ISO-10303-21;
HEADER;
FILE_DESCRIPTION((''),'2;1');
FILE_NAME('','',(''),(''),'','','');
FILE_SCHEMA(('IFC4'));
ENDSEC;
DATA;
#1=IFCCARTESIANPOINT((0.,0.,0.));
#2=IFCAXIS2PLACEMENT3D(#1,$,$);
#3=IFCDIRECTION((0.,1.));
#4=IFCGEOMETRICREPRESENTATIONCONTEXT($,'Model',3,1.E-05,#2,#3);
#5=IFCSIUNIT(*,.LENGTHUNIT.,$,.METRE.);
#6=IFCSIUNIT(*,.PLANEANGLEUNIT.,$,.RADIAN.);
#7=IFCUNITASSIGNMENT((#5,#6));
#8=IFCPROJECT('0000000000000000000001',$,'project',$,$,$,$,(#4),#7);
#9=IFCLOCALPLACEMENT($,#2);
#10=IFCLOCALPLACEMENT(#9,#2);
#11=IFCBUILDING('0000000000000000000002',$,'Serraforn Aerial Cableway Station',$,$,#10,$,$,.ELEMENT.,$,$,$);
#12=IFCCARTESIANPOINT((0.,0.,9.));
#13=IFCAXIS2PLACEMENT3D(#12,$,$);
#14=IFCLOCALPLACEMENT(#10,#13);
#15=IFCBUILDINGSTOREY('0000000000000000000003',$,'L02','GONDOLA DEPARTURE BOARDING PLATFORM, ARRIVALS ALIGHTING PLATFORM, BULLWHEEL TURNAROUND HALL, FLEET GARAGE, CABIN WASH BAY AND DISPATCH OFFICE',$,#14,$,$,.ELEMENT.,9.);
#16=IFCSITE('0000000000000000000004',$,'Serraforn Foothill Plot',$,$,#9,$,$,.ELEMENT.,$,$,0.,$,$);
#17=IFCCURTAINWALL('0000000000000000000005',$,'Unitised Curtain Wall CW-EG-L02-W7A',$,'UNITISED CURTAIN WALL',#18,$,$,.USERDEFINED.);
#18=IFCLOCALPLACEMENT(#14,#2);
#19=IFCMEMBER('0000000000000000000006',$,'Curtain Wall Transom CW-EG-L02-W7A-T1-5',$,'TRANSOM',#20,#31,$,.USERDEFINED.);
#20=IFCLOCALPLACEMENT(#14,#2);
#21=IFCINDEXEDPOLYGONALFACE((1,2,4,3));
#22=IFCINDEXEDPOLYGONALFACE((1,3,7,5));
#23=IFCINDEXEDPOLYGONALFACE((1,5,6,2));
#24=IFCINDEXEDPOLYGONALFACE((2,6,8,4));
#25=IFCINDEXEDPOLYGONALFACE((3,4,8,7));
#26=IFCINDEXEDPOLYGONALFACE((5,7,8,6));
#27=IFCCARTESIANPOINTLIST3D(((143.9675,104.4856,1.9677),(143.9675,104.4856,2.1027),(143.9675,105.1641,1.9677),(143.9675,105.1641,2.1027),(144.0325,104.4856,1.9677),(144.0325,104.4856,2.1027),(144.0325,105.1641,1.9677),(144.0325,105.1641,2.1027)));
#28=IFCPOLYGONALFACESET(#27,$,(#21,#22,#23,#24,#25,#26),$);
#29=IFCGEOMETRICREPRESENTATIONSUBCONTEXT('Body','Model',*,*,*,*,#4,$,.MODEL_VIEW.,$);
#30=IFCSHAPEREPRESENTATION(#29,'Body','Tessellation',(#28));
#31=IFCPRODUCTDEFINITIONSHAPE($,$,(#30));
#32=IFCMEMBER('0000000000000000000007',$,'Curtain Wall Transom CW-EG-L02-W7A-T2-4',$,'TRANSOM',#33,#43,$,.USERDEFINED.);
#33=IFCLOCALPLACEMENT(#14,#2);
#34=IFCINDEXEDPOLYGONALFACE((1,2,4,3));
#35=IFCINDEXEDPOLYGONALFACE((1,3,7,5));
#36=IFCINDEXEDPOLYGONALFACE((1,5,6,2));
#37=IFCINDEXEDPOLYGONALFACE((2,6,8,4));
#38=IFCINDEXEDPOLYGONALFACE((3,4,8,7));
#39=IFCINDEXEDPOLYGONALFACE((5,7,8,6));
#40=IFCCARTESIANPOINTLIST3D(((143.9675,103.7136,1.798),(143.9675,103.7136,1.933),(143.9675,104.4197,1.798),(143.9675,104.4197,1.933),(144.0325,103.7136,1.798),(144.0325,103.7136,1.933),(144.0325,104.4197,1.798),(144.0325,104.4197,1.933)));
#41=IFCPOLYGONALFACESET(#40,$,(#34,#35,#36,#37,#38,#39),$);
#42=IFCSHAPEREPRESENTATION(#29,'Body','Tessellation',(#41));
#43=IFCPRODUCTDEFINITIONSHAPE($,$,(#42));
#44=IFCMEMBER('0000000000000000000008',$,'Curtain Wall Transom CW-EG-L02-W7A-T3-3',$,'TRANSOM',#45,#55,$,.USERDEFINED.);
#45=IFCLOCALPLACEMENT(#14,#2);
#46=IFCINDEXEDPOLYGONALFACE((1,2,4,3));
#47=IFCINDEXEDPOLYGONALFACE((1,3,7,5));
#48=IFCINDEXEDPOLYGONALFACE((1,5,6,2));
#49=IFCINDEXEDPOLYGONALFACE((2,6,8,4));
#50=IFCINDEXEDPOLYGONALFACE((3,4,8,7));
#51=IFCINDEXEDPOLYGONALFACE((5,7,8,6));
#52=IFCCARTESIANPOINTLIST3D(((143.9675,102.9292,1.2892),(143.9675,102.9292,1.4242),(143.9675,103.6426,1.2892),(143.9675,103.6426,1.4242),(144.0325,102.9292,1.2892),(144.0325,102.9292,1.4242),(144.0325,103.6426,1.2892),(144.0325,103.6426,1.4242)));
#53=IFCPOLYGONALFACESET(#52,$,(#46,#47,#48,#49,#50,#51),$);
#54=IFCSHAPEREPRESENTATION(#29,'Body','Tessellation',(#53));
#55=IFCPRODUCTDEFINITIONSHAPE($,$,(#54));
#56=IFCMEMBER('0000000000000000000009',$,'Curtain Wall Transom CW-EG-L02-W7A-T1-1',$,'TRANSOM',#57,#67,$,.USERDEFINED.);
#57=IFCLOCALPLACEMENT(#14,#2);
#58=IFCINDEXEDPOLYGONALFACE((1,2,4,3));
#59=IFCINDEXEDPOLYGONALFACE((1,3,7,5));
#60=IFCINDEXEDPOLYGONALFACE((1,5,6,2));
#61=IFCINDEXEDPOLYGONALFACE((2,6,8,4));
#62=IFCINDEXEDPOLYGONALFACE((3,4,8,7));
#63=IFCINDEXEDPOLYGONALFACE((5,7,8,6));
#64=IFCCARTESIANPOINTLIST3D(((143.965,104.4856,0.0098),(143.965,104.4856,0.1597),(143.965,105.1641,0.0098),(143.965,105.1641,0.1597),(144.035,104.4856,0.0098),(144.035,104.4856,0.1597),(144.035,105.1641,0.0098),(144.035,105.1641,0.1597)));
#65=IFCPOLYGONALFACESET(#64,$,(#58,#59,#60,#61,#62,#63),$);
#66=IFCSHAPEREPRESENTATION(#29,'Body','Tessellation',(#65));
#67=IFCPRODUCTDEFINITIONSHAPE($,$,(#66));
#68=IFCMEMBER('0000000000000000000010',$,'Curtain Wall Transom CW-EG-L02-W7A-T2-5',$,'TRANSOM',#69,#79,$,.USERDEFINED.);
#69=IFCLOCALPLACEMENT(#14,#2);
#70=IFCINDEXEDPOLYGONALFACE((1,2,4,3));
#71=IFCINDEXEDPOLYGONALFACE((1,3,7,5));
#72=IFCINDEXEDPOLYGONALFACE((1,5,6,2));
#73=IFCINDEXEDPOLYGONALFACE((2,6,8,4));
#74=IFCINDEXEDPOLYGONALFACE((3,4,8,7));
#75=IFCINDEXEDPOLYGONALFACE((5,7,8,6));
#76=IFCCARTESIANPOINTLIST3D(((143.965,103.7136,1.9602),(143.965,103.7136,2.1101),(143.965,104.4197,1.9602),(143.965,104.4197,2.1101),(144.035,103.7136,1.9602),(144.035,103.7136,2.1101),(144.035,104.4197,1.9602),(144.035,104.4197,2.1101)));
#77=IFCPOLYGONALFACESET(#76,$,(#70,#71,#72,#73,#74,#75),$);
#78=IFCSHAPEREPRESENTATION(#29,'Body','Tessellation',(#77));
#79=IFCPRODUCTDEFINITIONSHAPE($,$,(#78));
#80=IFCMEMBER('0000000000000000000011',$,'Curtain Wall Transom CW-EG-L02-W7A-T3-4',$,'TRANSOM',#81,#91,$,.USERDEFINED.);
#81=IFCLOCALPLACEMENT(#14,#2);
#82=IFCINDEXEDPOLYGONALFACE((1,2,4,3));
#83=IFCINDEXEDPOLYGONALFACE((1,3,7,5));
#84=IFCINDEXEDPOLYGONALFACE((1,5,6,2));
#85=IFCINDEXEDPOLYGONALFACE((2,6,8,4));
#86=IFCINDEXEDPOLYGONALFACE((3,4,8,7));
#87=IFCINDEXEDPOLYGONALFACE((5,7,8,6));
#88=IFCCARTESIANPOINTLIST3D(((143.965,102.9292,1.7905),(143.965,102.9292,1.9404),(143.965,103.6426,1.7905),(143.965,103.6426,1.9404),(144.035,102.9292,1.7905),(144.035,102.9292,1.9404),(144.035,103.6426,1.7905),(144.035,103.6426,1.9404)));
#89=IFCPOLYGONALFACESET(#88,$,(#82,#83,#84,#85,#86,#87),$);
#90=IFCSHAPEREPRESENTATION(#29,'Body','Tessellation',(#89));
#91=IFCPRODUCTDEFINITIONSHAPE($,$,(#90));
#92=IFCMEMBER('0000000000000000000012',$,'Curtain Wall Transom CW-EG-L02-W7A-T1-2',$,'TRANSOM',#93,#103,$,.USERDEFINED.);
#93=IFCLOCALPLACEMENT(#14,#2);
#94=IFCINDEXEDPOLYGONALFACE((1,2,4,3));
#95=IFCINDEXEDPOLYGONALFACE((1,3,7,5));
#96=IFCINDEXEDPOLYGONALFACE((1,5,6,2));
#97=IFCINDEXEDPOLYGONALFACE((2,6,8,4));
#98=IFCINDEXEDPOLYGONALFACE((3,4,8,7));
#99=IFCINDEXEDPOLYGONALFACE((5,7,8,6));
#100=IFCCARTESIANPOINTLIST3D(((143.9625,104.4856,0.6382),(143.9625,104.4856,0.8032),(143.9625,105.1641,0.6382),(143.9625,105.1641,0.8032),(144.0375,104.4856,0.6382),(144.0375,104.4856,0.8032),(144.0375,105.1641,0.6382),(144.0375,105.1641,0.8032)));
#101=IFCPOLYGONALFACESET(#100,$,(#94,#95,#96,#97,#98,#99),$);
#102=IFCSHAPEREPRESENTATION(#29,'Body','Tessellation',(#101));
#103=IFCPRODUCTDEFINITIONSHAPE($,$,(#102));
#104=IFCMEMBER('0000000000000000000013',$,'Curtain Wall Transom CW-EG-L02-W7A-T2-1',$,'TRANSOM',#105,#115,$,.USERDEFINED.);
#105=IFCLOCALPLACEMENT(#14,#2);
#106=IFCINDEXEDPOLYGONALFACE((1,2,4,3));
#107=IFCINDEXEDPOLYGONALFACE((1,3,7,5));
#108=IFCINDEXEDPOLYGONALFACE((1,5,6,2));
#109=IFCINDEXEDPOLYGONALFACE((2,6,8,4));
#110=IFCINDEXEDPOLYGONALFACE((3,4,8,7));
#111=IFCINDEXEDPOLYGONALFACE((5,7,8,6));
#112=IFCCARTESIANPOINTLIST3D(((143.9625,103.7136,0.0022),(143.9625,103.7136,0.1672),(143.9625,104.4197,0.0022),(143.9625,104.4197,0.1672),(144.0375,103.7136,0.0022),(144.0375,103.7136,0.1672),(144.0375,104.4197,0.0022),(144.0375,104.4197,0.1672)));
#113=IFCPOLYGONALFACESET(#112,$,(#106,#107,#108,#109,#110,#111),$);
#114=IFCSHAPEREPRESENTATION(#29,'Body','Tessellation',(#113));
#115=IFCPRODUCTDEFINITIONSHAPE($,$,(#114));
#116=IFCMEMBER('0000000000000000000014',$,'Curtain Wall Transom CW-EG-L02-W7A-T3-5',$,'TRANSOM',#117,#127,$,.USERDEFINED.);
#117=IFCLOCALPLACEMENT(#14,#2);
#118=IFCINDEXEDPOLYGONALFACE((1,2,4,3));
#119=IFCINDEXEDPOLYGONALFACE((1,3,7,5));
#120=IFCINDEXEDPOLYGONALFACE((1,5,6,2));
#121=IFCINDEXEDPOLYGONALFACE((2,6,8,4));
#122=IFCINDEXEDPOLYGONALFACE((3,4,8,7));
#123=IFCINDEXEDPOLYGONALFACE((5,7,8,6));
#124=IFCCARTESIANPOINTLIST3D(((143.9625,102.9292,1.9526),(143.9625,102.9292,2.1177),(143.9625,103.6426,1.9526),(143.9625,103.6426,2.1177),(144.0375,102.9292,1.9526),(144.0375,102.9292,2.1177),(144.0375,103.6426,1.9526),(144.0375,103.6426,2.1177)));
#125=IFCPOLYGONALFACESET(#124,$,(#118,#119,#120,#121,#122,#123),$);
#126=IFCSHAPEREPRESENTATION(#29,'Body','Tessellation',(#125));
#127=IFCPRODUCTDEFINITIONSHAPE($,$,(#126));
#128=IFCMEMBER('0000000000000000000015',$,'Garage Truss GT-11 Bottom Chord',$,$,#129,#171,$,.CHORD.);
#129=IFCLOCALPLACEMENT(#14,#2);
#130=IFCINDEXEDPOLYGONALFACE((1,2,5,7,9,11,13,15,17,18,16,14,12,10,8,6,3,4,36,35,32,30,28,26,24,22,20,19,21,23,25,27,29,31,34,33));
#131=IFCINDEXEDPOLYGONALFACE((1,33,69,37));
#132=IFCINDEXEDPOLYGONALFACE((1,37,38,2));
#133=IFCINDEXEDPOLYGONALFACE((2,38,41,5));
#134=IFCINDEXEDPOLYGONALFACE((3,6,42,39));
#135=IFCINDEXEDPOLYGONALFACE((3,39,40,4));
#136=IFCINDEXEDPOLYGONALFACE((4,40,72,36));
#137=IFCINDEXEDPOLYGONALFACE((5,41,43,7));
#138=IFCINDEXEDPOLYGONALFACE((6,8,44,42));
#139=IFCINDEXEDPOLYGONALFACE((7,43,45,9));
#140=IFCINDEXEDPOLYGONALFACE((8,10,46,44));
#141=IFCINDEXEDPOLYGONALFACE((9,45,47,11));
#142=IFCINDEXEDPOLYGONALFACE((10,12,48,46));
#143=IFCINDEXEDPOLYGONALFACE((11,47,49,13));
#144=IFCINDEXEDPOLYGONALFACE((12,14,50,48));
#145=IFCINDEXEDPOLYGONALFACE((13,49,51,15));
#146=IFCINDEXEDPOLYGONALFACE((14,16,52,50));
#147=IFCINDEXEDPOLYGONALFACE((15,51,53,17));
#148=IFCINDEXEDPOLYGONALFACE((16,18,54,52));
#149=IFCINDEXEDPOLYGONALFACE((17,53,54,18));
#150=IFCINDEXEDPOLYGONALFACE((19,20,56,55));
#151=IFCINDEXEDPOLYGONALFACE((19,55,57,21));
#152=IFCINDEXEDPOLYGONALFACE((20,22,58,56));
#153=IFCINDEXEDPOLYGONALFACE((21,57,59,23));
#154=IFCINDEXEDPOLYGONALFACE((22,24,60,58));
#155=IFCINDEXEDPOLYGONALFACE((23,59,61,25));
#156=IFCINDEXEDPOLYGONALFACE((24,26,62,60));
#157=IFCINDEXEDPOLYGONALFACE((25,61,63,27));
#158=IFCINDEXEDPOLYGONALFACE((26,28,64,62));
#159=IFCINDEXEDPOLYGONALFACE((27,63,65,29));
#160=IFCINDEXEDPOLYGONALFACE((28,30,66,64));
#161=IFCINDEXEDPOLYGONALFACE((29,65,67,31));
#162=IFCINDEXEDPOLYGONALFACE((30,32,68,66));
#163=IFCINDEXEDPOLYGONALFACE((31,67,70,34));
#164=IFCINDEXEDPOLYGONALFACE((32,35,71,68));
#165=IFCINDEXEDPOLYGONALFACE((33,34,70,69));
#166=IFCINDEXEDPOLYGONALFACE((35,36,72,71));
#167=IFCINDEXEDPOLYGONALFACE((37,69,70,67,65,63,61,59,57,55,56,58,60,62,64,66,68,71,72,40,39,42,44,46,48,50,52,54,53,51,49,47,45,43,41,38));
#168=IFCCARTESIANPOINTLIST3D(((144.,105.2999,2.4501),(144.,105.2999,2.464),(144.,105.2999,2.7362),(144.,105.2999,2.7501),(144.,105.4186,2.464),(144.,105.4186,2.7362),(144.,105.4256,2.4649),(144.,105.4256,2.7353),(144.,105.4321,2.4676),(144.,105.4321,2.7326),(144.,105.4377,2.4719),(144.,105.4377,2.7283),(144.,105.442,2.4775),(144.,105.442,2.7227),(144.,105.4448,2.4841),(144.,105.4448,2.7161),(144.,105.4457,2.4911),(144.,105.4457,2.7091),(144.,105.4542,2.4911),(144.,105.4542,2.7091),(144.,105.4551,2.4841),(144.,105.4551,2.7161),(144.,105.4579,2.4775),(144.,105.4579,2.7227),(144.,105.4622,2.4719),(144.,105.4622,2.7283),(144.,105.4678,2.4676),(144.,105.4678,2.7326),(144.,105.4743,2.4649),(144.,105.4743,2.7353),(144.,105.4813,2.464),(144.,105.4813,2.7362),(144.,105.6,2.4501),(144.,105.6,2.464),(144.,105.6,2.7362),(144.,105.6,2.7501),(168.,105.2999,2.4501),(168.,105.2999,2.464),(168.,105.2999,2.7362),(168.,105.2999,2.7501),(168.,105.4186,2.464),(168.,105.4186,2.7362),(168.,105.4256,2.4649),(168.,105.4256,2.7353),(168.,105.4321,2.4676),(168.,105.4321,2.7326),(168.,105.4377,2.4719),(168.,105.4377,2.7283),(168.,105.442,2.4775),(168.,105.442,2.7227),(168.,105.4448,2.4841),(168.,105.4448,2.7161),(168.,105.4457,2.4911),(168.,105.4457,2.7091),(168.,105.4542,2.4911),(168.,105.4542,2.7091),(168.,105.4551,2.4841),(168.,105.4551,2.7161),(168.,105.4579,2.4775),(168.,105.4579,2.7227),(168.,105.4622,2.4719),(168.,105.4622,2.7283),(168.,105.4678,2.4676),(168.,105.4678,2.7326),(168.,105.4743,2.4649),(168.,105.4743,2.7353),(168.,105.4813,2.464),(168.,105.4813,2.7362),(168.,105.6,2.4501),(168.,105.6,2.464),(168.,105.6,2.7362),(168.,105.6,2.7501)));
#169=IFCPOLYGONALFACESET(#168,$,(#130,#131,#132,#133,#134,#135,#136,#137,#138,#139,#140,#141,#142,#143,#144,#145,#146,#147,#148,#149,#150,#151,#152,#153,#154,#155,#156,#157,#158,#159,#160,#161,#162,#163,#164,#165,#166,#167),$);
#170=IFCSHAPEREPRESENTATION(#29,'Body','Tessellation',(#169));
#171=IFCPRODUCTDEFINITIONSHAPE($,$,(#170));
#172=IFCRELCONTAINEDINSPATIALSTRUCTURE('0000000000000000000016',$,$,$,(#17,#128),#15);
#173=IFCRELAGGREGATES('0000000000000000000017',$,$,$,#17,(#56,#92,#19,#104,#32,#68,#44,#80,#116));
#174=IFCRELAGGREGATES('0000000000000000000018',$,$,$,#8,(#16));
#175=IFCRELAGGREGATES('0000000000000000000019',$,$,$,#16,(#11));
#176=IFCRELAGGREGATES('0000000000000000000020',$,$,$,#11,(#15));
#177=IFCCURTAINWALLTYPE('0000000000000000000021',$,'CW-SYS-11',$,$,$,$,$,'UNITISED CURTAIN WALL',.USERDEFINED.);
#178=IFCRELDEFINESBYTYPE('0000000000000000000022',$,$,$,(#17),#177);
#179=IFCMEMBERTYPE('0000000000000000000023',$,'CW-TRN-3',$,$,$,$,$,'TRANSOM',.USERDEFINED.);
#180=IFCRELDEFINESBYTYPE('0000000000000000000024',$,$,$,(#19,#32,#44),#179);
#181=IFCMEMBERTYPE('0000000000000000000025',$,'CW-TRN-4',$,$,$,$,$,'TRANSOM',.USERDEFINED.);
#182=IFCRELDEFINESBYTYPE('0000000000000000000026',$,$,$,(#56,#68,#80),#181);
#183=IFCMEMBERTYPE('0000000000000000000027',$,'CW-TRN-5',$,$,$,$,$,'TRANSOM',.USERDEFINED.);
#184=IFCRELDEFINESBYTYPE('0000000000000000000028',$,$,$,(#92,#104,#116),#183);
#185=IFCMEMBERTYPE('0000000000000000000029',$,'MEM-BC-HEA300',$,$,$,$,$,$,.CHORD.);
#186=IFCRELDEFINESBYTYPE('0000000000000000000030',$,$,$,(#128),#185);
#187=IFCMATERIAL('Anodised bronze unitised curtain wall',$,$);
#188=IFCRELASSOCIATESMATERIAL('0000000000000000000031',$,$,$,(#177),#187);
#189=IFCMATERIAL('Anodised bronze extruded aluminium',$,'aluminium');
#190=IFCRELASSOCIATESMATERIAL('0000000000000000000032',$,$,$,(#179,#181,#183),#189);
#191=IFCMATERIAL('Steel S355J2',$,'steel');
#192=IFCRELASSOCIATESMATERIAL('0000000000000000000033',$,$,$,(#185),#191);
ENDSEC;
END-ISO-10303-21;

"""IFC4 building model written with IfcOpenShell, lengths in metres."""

from ifc_helpers import new_model, si_unit, direction, frame, origin, origin_2d, place, context, subcontext, project, spatial, rectangle, i_section, extrude, material, material_profile, profile_set, type_object, element, aggregate, save


model = new_model("IFC4")

# Units and contexts
model_context = context("Model", 3, precision=1e-05, world=origin(), true_north=direction((0.0, 1.0)))
body_context = subcontext(model_context, "Body", "Model", "MODEL_VIEW")
ifc_project = project(units=[si_unit("LENGTHUNIT", "METRE"), si_unit("PLANEANGLEUNIT", "RADIAN")], contexts=[model_context])

# Site, building, storey
site_placement = place(None, origin())
site = spatial("IfcSite", under=ifc_project, at=site_placement, Name="Serraforn Foothill Plot", CompositionType="ELEMENT", RefElevation=0.0)
building_placement = place(site_placement, origin())
building = spatial("IfcBuilding", under=site, at=building_placement, Name="Serraforn Aerial Cableway Station", CompositionType="ELEMENT")
storey_placement = place(building_placement, frame((0.0, 0.0, 9.0)))
storey = spatial("IfcBuildingStorey", under=building, at=storey_placement, Name="L02", Description="GONDOLA DEPARTURE BOARDING PLATFORM, ARRIVALS ALIGHTING PLATFORM, BULLWHEEL TURNAROUND HALL, FLEET GARAGE, CABIN WASH BAY AND DISPATCH OFFICE", CompositionType="ELEMENT", Elevation=9.0)

# Shared definitions
ifc_material_1 = material(Name="Steel S355J2", Category="steel")

# Curtain wall, members
ifc_material_2 = material(Name="Anodised bronze unitised curtain wall")
curtain_wall_type = type_object("IfcCurtainWallType", Name="CW-SYS-11", ElementType="UNITISED CURTAIN WALL", PredefinedType="USERDEFINED", material=ifc_material_2)
curtain_wall_placement = place(storey_placement, origin())
curtain_wall = element("IfcCurtainWall", 1, at=curtain_wall_placement, inside=storey, type_object=curtain_wall_type, Name="Unitised Curtain Wall CW-EG-L02-W7A", ObjectType="UNITISED CURTAIN WALL", PredefinedType="USERDEFINED")
ifc_material_3 = material(Name="Anodised bronze extruded aluminium", Category="aluminium")
ifc_material_profile_1 = material_profile(ifc_material_3, rectangle(XDim=0.0649, YDim=0.135, at=origin_2d()), Name="CW TRANSOM 65x135")
ifc_profile_set_1 = profile_set([ifc_material_profile_1], Name="Anodised bronze extruded aluminium")
member_type_1 = type_object("IfcMemberType", Name="CW-TRN-3", ElementType="TRANSOM", PredefinedType="USERDEFINED", material=ifc_profile_set_1)
member_1_placement = place(storey_placement, frame((144.0, 105.1641, 2.0352), z_axis=(0.0, -1.0, 0.0), x_axis=(1.0, 0.0, 0.0)))
member_1 = element("IfcMember", 2, at=member_1_placement, type_object=member_type_1, Name="Curtain Wall Transom CW-EG-L02-W7A-T1-5", ObjectType="TRANSOM", PredefinedType="USERDEFINED", context=body_context, shape_type="SweptSolid", body=[
    extrude(rectangle(XDim=0.0649, YDim=0.135, at=origin_2d()), origin(), (0.0, 0.0, 1.0), 0.6785),
])
member_2_placement = place(storey_placement, frame((144.0, 104.4197, 1.8655), z_axis=(0.0, -1.0, 0.0), x_axis=(1.0, 0.0, 0.0)))
member_2 = element("IfcMember", 3, at=member_2_placement, type_object=member_type_1, Name="Curtain Wall Transom CW-EG-L02-W7A-T2-4", ObjectType="TRANSOM", PredefinedType="USERDEFINED", context=body_context, shape_type="SweptSolid", body=[
    extrude(rectangle(XDim=0.0649, YDim=0.135, at=origin_2d()), origin(), (0.0, 0.0, 1.0), 0.7061),
])
member_3_placement = place(storey_placement, frame((144.0, 103.6426, 1.3567), z_axis=(0.0, -1.0, 0.0), x_axis=(1.0, 0.0, 0.0)))
member_3 = element("IfcMember", 4, at=member_3_placement, type_object=member_type_1, Name="Curtain Wall Transom CW-EG-L02-W7A-T3-3", ObjectType="TRANSOM", PredefinedType="USERDEFINED", context=body_context, shape_type="SweptSolid", body=[
    extrude(rectangle(XDim=0.0649, YDim=0.135, at=origin_2d()), origin(), (0.0, 0.0, 1.0), 0.7134),
])
ifc_material_profile_2 = material_profile(ifc_material_3, rectangle(XDim=0.0701, YDim=0.1499, at=origin_2d()), Name="CW TRANSOM 70x150")
ifc_profile_set_2 = profile_set([ifc_material_profile_2], Name="Anodised bronze extruded aluminium")
member_type_2 = type_object("IfcMemberType", Name="CW-TRN-4", ElementType="TRANSOM", PredefinedType="USERDEFINED", material=ifc_profile_set_2)
member_4_placement = place(storey_placement, frame((144.0, 105.1641, 0.0847), z_axis=(0.0, -1.0, 0.0), x_axis=(1.0, 0.0, 0.0)))
member_4 = element("IfcMember", 5, at=member_4_placement, type_object=member_type_2, Name="Curtain Wall Transom CW-EG-L02-W7A-T1-1", ObjectType="TRANSOM", PredefinedType="USERDEFINED", context=body_context, shape_type="SweptSolid", body=[
    extrude(rectangle(XDim=0.0701, YDim=0.1499, at=origin_2d()), origin(), (0.0, 0.0, 1.0), 0.6785),
])
member_5_placement = place(storey_placement, frame((144.0, 104.4197, 2.0352), z_axis=(0.0, -1.0, 0.0), x_axis=(1.0, 0.0, 0.0)))
member_5 = element("IfcMember", 6, at=member_5_placement, type_object=member_type_2, Name="Curtain Wall Transom CW-EG-L02-W7A-T2-5", ObjectType="TRANSOM", PredefinedType="USERDEFINED", context=body_context, shape_type="SweptSolid", body=[
    extrude(rectangle(XDim=0.0701, YDim=0.1499, at=origin_2d()), origin(), (0.0, 0.0, 1.0), 0.7061),
])
member_6_placement = place(storey_placement, frame((144.0, 103.6426, 1.8655), z_axis=(0.0, -1.0, 0.0), x_axis=(1.0, 0.0, 0.0)))
member_6 = element("IfcMember", 7, at=member_6_placement, type_object=member_type_2, Name="Curtain Wall Transom CW-EG-L02-W7A-T3-4", ObjectType="TRANSOM", PredefinedType="USERDEFINED", context=body_context, shape_type="SweptSolid", body=[
    extrude(rectangle(XDim=0.0701, YDim=0.1499, at=origin_2d()), origin(), (0.0, 0.0, 1.0), 0.7134),
])
ifc_material_profile_3 = material_profile(ifc_material_3, rectangle(XDim=0.075, YDim=0.165, at=origin_2d()), Name="CW TRANSOM 75x165")
ifc_profile_set_3 = profile_set([ifc_material_profile_3], Name="Anodised bronze extruded aluminium")
member_type_3 = type_object("IfcMemberType", Name="CW-TRN-5", ElementType="TRANSOM", PredefinedType="USERDEFINED", material=ifc_profile_set_3)
member_7_placement = place(storey_placement, frame((144.0, 105.1641, 0.7207), z_axis=(0.0, -1.0, 0.0), x_axis=(1.0, 0.0, 0.0)))
member_7 = element("IfcMember", 8, at=member_7_placement, type_object=member_type_3, Name="Curtain Wall Transom CW-EG-L02-W7A-T1-2", ObjectType="TRANSOM", PredefinedType="USERDEFINED", context=body_context, shape_type="SweptSolid", body=[
    extrude(rectangle(XDim=0.075, YDim=0.165, at=origin_2d()), origin(), (0.0, 0.0, 1.0), 0.6785),
])
member_8_placement = place(storey_placement, frame((144.0, 104.4197, 0.0847), z_axis=(0.0, -1.0, 0.0), x_axis=(1.0, 0.0, 0.0)))
member_8 = element("IfcMember", 9, at=member_8_placement, type_object=member_type_3, Name="Curtain Wall Transom CW-EG-L02-W7A-T2-1", ObjectType="TRANSOM", PredefinedType="USERDEFINED", context=body_context, shape_type="SweptSolid", body=[
    extrude(rectangle(XDim=0.075, YDim=0.165, at=origin_2d()), origin(), (0.0, 0.0, 1.0), 0.7061),
])
member_9_placement = place(storey_placement, frame((144.0, 103.6426, 2.0352), z_axis=(0.0, -1.0, 0.0), x_axis=(1.0, 0.0, 0.0)))
member_9 = element("IfcMember", 10, at=member_9_placement, type_object=member_type_3, Name="Curtain Wall Transom CW-EG-L02-W7A-T3-5", ObjectType="TRANSOM", PredefinedType="USERDEFINED", context=body_context, shape_type="SweptSolid", body=[
    extrude(rectangle(XDim=0.075, YDim=0.165, at=origin_2d()), origin(), (0.0, 0.0, 1.0), 0.7134),
])

# Member
ifc_material_profile_4 = material_profile(ifc_material_1, i_section(OverallWidth=0.3, OverallDepth=0.3, WebThickness=0.0085, FlangeThickness=0.0139, FilletRadius=0.0271, at=origin_2d()), Name="HEA 300")
ifc_profile_set_4 = profile_set([ifc_material_profile_4], Name="Steel S355J2")
member_type_4 = type_object("IfcMemberType", Name="MEM-BC-HEA300", PredefinedType="CHORD", material=ifc_profile_set_4)
member_10_placement = place(storey_placement, frame((144.0, 105.45, 2.6001), z_axis=(1.0, 0.0, 0.0), x_axis=(0.0, 1.0, 0.0)))
element("IfcMember", 11, at=member_10_placement, inside=storey, type_object=member_type_4, Name="Garage Truss GT-11 Bottom Chord", PredefinedType="CHORD", context=body_context, shape_type="SweptSolid", body=[
    extrude(i_section(OverallWidth=0.3, OverallDepth=0.3, WebThickness=0.0085, FlangeThickness=0.0139, FilletRadius=0.0271, at=origin_2d()), origin(), (0.0, 0.0, 1.0), 24.0),
])

aggregate(curtain_wall, [member_4, member_7, member_1, member_8, member_2, member_5, member_3, member_6, member_9])

save(model, "model.ifc")
